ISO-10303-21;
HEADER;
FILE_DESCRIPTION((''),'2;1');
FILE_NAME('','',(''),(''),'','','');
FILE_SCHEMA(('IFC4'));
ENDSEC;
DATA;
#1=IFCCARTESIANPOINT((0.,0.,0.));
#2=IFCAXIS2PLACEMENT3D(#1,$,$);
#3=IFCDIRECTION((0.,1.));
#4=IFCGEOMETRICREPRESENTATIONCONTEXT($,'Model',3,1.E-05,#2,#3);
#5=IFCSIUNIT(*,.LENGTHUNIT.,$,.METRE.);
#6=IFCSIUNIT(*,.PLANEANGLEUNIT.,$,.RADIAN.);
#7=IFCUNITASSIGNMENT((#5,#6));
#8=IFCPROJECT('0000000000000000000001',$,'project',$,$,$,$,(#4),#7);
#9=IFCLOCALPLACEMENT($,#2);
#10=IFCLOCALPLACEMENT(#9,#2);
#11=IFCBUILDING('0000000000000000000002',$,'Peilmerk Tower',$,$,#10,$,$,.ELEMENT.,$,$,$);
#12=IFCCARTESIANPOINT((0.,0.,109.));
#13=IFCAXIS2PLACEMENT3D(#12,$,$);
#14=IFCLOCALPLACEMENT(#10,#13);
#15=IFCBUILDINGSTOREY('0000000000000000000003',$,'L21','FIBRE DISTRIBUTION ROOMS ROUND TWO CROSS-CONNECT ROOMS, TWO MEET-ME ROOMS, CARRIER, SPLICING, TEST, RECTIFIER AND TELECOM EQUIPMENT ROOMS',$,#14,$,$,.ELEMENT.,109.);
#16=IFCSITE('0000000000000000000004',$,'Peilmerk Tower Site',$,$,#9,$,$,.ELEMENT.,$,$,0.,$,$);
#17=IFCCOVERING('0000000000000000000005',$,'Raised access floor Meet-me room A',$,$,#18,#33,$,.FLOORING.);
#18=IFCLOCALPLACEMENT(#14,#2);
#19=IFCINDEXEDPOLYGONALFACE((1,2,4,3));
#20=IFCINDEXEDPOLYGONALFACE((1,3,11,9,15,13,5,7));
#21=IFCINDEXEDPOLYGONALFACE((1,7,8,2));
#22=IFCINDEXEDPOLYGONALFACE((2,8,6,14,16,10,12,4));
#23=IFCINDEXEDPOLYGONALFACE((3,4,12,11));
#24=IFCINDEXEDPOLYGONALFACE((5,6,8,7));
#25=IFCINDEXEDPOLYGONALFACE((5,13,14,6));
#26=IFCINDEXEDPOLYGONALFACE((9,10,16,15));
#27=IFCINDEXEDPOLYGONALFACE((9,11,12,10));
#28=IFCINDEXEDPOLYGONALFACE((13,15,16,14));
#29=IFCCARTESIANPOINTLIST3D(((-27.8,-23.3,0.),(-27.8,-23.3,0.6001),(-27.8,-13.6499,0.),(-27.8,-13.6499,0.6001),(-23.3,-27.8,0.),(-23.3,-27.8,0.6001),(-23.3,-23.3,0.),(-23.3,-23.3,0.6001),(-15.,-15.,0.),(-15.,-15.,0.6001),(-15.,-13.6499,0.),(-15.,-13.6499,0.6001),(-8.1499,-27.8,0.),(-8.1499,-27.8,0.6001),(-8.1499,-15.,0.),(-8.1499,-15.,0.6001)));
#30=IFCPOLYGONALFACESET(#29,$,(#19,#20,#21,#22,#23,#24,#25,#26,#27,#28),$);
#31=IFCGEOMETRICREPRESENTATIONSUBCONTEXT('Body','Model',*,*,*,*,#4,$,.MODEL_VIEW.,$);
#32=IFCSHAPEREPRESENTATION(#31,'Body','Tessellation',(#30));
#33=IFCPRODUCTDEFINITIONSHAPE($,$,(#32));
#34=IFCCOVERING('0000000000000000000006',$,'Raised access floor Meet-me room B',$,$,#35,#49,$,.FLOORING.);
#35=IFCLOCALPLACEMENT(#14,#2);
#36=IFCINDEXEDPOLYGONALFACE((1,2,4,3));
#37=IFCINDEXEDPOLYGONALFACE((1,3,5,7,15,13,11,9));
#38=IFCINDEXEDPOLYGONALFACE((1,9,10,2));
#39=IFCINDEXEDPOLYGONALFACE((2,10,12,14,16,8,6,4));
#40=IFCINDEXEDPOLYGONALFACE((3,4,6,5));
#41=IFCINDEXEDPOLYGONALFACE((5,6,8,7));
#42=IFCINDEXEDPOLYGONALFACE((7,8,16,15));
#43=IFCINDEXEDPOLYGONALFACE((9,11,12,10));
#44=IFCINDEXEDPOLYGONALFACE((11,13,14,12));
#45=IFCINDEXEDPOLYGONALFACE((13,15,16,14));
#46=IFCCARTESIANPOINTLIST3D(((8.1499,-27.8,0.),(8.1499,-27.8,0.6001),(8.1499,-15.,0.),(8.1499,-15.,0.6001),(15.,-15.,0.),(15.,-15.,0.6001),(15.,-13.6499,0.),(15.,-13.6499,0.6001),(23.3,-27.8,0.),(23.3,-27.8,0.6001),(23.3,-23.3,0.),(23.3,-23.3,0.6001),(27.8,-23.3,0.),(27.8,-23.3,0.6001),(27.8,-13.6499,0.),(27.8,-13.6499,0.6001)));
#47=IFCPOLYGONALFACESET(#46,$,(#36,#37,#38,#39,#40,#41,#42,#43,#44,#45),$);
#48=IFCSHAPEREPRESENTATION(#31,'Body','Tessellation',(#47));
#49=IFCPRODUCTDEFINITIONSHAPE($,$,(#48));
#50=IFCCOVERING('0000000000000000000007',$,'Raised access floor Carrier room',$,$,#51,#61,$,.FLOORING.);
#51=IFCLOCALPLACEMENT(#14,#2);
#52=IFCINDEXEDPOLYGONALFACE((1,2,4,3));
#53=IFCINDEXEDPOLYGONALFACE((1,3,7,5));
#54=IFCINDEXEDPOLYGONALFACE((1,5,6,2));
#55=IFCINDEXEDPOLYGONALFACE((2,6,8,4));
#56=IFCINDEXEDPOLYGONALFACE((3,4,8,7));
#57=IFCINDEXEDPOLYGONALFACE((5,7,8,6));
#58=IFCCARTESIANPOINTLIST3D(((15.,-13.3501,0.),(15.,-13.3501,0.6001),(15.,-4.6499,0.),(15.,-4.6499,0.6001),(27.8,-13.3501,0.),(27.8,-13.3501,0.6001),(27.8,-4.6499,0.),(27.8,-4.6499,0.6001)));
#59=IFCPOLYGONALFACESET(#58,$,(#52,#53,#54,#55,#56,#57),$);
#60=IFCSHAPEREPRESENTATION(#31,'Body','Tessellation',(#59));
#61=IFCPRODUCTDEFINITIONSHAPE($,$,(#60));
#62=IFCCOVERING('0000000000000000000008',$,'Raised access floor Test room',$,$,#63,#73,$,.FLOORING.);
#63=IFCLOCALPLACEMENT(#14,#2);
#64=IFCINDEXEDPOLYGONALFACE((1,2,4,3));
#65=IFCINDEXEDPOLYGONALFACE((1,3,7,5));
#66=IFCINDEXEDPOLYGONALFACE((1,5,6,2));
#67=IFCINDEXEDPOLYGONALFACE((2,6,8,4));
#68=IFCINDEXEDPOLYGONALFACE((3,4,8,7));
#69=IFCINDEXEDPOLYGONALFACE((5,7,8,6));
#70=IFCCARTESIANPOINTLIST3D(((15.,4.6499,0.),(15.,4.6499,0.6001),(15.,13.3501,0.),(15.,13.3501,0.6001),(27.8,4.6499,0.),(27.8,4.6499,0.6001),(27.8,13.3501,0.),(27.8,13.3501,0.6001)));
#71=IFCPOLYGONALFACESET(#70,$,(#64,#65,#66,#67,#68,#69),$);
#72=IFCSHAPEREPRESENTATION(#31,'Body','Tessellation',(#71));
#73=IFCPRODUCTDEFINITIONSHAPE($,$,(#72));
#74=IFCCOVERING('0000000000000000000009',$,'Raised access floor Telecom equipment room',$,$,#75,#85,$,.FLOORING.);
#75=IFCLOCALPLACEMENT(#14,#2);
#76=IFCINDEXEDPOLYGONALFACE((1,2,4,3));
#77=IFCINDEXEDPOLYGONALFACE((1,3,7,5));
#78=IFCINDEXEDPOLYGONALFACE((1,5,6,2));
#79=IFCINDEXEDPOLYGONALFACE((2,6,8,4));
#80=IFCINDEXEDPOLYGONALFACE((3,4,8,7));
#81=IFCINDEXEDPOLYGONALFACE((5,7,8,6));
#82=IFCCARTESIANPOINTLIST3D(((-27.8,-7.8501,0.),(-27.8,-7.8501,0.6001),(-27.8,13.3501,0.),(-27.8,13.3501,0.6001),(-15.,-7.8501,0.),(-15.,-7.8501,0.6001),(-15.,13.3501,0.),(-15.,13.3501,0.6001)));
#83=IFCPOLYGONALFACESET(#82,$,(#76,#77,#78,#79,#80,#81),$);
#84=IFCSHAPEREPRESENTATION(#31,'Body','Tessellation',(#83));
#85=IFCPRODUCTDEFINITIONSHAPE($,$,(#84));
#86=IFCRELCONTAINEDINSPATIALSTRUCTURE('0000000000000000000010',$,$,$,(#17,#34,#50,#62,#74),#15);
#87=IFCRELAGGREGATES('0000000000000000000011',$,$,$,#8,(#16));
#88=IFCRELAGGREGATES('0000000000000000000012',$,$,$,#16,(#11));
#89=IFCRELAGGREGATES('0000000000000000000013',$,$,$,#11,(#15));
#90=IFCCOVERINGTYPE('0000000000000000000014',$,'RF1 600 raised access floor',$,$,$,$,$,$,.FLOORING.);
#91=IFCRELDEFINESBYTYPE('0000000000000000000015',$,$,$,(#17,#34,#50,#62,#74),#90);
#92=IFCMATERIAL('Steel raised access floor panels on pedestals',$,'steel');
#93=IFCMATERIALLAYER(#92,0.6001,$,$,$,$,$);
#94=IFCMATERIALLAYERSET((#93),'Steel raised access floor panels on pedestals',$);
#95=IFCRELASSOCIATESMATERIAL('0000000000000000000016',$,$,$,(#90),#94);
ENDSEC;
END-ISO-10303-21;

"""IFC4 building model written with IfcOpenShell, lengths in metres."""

from ifc_helpers import new_model, si_unit, direction, frame, origin, place, context, subcontext, project, spatial, polyline, outline, extrude, material, layer, layer_set, type_object, element, save


model = new_model("IFC4")

# Units and contexts
model_context = context("Model", 3, precision=1e-05, world=origin(), true_north=direction((0.0, 1.0)))
body_context = subcontext(model_context, "Body", "Model", "MODEL_VIEW")
ifc_project = project(units=[si_unit("LENGTHUNIT", "METRE"), si_unit("PLANEANGLEUNIT", "RADIAN")], contexts=[model_context])

# Site, building, storey
site_placement = place(None, origin())
site = spatial("IfcSite", under=ifc_project, at=site_placement, Name="Peilmerk Tower Site", CompositionType="ELEMENT", RefElevation=0.0)
building_placement = place(site_placement, origin())
building = spatial("IfcBuilding", under=site, at=building_placement, Name="Peilmerk Tower", CompositionType="ELEMENT")
storey_placement = place(building_placement, frame((0.0, 0.0, 109.0)))
storey = spatial("IfcBuildingStorey", under=building, at=storey_placement, Name="L21", Description="FIBRE DISTRIBUTION ROOMS ROUND TWO CROSS-CONNECT ROOMS, TWO MEET-ME ROOMS, CARRIER, SPLICING, TEST, RECTIFIER AND TELECOM EQUIPMENT ROOMS", CompositionType="ELEMENT", Elevation=109.0)

# Coverings
ifc_material_1 = material(Name="Steel raised access floor panels on pedestals", Category="steel")
ifc_layer_1 = layer(ifc_material_1, 0.6001)
ifc_layer_set_1 = layer_set([ifc_layer_1], Name="Steel raised access floor panels on pedestals")
covering_type_1 = type_object("IfcCoveringType", Name="RF1 600 raised access floor", PredefinedType="FLOORING", material=ifc_layer_set_1)
covering_1_placement = place(storey_placement, origin())
element("IfcCovering", 1, at=covering_1_placement, inside=storey, type_object=covering_type_1, Name="Raised access floor Meet-me room A", PredefinedType="FLOORING", context=body_context, shape_type="SweptSolid", body=[
    extrude(outline(polyline([(-23.3, -27.8), (-8.1499, -27.8), (-8.1499, -15.0), (-15.0, -15.0), (-15.0, -13.6499), (-27.8, -13.6499), (-27.8, -23.3), (-23.3, -23.3), (-23.3, -27.8)])), origin(), (0.0, 0.0, 1.0), 0.6001),
])
covering_2_placement = place(storey_placement, origin())
element("IfcCovering", 2, at=covering_2_placement, inside=storey, type_object=covering_type_1, Name="Raised access floor Meet-me room B", PredefinedType="FLOORING", context=body_context, shape_type="SweptSolid", body=[
    extrude(outline(polyline([(8.1499, -27.8), (23.3, -27.8), (23.3, -23.3), (27.8, -23.3), (27.8, -13.6499), (15.0, -13.6499), (15.0, -15.0), (8.1499, -15.0), (8.1499, -27.8)])), origin(), (0.0, 0.0, 1.0), 0.6001),
])
covering_3_placement = place(storey_placement, origin())
element("IfcCovering", 3, at=covering_3_placement, inside=storey, type_object=covering_type_1, Name="Raised access floor Carrier room", PredefinedType="FLOORING", context=body_context, shape_type="SweptSolid", body=[
    extrude(outline(polyline([(27.8, -13.3501), (27.8, -4.6499), (15.0, -4.6499), (15.0, -13.3501), (27.8, -13.3501)])), origin(), (0.0, 0.0, 1.0), 0.6001),
])
covering_4_placement = place(storey_placement, origin())
element("IfcCovering", 4, at=covering_4_placement, inside=storey, type_object=covering_type_1, Name="Raised access floor Test room", PredefinedType="FLOORING", context=body_context, shape_type="SweptSolid", body=[
    extrude(outline(polyline([(27.8, 4.6499), (27.8, 13.3501), (15.0, 13.3501), (15.0, 4.6499), (27.8, 4.6499)])), origin(), (0.0, 0.0, 1.0), 0.6001),
])
covering_5_placement = place(storey_placement, origin())
element("IfcCovering", 5, at=covering_5_placement, inside=storey, type_object=covering_type_1, Name="Raised access floor Telecom equipment room", PredefinedType="FLOORING", context=body_context, shape_type="SweptSolid", body=[
    extrude(outline(polyline([(-27.8, 13.3501), (-27.8, -7.8501), (-15.0, -7.8501), (-15.0, 13.3501), (-27.8, 13.3501)])), origin(), (0.0, 0.0, 1.0), 0.6001),
])

save(model, "model.ifc")
